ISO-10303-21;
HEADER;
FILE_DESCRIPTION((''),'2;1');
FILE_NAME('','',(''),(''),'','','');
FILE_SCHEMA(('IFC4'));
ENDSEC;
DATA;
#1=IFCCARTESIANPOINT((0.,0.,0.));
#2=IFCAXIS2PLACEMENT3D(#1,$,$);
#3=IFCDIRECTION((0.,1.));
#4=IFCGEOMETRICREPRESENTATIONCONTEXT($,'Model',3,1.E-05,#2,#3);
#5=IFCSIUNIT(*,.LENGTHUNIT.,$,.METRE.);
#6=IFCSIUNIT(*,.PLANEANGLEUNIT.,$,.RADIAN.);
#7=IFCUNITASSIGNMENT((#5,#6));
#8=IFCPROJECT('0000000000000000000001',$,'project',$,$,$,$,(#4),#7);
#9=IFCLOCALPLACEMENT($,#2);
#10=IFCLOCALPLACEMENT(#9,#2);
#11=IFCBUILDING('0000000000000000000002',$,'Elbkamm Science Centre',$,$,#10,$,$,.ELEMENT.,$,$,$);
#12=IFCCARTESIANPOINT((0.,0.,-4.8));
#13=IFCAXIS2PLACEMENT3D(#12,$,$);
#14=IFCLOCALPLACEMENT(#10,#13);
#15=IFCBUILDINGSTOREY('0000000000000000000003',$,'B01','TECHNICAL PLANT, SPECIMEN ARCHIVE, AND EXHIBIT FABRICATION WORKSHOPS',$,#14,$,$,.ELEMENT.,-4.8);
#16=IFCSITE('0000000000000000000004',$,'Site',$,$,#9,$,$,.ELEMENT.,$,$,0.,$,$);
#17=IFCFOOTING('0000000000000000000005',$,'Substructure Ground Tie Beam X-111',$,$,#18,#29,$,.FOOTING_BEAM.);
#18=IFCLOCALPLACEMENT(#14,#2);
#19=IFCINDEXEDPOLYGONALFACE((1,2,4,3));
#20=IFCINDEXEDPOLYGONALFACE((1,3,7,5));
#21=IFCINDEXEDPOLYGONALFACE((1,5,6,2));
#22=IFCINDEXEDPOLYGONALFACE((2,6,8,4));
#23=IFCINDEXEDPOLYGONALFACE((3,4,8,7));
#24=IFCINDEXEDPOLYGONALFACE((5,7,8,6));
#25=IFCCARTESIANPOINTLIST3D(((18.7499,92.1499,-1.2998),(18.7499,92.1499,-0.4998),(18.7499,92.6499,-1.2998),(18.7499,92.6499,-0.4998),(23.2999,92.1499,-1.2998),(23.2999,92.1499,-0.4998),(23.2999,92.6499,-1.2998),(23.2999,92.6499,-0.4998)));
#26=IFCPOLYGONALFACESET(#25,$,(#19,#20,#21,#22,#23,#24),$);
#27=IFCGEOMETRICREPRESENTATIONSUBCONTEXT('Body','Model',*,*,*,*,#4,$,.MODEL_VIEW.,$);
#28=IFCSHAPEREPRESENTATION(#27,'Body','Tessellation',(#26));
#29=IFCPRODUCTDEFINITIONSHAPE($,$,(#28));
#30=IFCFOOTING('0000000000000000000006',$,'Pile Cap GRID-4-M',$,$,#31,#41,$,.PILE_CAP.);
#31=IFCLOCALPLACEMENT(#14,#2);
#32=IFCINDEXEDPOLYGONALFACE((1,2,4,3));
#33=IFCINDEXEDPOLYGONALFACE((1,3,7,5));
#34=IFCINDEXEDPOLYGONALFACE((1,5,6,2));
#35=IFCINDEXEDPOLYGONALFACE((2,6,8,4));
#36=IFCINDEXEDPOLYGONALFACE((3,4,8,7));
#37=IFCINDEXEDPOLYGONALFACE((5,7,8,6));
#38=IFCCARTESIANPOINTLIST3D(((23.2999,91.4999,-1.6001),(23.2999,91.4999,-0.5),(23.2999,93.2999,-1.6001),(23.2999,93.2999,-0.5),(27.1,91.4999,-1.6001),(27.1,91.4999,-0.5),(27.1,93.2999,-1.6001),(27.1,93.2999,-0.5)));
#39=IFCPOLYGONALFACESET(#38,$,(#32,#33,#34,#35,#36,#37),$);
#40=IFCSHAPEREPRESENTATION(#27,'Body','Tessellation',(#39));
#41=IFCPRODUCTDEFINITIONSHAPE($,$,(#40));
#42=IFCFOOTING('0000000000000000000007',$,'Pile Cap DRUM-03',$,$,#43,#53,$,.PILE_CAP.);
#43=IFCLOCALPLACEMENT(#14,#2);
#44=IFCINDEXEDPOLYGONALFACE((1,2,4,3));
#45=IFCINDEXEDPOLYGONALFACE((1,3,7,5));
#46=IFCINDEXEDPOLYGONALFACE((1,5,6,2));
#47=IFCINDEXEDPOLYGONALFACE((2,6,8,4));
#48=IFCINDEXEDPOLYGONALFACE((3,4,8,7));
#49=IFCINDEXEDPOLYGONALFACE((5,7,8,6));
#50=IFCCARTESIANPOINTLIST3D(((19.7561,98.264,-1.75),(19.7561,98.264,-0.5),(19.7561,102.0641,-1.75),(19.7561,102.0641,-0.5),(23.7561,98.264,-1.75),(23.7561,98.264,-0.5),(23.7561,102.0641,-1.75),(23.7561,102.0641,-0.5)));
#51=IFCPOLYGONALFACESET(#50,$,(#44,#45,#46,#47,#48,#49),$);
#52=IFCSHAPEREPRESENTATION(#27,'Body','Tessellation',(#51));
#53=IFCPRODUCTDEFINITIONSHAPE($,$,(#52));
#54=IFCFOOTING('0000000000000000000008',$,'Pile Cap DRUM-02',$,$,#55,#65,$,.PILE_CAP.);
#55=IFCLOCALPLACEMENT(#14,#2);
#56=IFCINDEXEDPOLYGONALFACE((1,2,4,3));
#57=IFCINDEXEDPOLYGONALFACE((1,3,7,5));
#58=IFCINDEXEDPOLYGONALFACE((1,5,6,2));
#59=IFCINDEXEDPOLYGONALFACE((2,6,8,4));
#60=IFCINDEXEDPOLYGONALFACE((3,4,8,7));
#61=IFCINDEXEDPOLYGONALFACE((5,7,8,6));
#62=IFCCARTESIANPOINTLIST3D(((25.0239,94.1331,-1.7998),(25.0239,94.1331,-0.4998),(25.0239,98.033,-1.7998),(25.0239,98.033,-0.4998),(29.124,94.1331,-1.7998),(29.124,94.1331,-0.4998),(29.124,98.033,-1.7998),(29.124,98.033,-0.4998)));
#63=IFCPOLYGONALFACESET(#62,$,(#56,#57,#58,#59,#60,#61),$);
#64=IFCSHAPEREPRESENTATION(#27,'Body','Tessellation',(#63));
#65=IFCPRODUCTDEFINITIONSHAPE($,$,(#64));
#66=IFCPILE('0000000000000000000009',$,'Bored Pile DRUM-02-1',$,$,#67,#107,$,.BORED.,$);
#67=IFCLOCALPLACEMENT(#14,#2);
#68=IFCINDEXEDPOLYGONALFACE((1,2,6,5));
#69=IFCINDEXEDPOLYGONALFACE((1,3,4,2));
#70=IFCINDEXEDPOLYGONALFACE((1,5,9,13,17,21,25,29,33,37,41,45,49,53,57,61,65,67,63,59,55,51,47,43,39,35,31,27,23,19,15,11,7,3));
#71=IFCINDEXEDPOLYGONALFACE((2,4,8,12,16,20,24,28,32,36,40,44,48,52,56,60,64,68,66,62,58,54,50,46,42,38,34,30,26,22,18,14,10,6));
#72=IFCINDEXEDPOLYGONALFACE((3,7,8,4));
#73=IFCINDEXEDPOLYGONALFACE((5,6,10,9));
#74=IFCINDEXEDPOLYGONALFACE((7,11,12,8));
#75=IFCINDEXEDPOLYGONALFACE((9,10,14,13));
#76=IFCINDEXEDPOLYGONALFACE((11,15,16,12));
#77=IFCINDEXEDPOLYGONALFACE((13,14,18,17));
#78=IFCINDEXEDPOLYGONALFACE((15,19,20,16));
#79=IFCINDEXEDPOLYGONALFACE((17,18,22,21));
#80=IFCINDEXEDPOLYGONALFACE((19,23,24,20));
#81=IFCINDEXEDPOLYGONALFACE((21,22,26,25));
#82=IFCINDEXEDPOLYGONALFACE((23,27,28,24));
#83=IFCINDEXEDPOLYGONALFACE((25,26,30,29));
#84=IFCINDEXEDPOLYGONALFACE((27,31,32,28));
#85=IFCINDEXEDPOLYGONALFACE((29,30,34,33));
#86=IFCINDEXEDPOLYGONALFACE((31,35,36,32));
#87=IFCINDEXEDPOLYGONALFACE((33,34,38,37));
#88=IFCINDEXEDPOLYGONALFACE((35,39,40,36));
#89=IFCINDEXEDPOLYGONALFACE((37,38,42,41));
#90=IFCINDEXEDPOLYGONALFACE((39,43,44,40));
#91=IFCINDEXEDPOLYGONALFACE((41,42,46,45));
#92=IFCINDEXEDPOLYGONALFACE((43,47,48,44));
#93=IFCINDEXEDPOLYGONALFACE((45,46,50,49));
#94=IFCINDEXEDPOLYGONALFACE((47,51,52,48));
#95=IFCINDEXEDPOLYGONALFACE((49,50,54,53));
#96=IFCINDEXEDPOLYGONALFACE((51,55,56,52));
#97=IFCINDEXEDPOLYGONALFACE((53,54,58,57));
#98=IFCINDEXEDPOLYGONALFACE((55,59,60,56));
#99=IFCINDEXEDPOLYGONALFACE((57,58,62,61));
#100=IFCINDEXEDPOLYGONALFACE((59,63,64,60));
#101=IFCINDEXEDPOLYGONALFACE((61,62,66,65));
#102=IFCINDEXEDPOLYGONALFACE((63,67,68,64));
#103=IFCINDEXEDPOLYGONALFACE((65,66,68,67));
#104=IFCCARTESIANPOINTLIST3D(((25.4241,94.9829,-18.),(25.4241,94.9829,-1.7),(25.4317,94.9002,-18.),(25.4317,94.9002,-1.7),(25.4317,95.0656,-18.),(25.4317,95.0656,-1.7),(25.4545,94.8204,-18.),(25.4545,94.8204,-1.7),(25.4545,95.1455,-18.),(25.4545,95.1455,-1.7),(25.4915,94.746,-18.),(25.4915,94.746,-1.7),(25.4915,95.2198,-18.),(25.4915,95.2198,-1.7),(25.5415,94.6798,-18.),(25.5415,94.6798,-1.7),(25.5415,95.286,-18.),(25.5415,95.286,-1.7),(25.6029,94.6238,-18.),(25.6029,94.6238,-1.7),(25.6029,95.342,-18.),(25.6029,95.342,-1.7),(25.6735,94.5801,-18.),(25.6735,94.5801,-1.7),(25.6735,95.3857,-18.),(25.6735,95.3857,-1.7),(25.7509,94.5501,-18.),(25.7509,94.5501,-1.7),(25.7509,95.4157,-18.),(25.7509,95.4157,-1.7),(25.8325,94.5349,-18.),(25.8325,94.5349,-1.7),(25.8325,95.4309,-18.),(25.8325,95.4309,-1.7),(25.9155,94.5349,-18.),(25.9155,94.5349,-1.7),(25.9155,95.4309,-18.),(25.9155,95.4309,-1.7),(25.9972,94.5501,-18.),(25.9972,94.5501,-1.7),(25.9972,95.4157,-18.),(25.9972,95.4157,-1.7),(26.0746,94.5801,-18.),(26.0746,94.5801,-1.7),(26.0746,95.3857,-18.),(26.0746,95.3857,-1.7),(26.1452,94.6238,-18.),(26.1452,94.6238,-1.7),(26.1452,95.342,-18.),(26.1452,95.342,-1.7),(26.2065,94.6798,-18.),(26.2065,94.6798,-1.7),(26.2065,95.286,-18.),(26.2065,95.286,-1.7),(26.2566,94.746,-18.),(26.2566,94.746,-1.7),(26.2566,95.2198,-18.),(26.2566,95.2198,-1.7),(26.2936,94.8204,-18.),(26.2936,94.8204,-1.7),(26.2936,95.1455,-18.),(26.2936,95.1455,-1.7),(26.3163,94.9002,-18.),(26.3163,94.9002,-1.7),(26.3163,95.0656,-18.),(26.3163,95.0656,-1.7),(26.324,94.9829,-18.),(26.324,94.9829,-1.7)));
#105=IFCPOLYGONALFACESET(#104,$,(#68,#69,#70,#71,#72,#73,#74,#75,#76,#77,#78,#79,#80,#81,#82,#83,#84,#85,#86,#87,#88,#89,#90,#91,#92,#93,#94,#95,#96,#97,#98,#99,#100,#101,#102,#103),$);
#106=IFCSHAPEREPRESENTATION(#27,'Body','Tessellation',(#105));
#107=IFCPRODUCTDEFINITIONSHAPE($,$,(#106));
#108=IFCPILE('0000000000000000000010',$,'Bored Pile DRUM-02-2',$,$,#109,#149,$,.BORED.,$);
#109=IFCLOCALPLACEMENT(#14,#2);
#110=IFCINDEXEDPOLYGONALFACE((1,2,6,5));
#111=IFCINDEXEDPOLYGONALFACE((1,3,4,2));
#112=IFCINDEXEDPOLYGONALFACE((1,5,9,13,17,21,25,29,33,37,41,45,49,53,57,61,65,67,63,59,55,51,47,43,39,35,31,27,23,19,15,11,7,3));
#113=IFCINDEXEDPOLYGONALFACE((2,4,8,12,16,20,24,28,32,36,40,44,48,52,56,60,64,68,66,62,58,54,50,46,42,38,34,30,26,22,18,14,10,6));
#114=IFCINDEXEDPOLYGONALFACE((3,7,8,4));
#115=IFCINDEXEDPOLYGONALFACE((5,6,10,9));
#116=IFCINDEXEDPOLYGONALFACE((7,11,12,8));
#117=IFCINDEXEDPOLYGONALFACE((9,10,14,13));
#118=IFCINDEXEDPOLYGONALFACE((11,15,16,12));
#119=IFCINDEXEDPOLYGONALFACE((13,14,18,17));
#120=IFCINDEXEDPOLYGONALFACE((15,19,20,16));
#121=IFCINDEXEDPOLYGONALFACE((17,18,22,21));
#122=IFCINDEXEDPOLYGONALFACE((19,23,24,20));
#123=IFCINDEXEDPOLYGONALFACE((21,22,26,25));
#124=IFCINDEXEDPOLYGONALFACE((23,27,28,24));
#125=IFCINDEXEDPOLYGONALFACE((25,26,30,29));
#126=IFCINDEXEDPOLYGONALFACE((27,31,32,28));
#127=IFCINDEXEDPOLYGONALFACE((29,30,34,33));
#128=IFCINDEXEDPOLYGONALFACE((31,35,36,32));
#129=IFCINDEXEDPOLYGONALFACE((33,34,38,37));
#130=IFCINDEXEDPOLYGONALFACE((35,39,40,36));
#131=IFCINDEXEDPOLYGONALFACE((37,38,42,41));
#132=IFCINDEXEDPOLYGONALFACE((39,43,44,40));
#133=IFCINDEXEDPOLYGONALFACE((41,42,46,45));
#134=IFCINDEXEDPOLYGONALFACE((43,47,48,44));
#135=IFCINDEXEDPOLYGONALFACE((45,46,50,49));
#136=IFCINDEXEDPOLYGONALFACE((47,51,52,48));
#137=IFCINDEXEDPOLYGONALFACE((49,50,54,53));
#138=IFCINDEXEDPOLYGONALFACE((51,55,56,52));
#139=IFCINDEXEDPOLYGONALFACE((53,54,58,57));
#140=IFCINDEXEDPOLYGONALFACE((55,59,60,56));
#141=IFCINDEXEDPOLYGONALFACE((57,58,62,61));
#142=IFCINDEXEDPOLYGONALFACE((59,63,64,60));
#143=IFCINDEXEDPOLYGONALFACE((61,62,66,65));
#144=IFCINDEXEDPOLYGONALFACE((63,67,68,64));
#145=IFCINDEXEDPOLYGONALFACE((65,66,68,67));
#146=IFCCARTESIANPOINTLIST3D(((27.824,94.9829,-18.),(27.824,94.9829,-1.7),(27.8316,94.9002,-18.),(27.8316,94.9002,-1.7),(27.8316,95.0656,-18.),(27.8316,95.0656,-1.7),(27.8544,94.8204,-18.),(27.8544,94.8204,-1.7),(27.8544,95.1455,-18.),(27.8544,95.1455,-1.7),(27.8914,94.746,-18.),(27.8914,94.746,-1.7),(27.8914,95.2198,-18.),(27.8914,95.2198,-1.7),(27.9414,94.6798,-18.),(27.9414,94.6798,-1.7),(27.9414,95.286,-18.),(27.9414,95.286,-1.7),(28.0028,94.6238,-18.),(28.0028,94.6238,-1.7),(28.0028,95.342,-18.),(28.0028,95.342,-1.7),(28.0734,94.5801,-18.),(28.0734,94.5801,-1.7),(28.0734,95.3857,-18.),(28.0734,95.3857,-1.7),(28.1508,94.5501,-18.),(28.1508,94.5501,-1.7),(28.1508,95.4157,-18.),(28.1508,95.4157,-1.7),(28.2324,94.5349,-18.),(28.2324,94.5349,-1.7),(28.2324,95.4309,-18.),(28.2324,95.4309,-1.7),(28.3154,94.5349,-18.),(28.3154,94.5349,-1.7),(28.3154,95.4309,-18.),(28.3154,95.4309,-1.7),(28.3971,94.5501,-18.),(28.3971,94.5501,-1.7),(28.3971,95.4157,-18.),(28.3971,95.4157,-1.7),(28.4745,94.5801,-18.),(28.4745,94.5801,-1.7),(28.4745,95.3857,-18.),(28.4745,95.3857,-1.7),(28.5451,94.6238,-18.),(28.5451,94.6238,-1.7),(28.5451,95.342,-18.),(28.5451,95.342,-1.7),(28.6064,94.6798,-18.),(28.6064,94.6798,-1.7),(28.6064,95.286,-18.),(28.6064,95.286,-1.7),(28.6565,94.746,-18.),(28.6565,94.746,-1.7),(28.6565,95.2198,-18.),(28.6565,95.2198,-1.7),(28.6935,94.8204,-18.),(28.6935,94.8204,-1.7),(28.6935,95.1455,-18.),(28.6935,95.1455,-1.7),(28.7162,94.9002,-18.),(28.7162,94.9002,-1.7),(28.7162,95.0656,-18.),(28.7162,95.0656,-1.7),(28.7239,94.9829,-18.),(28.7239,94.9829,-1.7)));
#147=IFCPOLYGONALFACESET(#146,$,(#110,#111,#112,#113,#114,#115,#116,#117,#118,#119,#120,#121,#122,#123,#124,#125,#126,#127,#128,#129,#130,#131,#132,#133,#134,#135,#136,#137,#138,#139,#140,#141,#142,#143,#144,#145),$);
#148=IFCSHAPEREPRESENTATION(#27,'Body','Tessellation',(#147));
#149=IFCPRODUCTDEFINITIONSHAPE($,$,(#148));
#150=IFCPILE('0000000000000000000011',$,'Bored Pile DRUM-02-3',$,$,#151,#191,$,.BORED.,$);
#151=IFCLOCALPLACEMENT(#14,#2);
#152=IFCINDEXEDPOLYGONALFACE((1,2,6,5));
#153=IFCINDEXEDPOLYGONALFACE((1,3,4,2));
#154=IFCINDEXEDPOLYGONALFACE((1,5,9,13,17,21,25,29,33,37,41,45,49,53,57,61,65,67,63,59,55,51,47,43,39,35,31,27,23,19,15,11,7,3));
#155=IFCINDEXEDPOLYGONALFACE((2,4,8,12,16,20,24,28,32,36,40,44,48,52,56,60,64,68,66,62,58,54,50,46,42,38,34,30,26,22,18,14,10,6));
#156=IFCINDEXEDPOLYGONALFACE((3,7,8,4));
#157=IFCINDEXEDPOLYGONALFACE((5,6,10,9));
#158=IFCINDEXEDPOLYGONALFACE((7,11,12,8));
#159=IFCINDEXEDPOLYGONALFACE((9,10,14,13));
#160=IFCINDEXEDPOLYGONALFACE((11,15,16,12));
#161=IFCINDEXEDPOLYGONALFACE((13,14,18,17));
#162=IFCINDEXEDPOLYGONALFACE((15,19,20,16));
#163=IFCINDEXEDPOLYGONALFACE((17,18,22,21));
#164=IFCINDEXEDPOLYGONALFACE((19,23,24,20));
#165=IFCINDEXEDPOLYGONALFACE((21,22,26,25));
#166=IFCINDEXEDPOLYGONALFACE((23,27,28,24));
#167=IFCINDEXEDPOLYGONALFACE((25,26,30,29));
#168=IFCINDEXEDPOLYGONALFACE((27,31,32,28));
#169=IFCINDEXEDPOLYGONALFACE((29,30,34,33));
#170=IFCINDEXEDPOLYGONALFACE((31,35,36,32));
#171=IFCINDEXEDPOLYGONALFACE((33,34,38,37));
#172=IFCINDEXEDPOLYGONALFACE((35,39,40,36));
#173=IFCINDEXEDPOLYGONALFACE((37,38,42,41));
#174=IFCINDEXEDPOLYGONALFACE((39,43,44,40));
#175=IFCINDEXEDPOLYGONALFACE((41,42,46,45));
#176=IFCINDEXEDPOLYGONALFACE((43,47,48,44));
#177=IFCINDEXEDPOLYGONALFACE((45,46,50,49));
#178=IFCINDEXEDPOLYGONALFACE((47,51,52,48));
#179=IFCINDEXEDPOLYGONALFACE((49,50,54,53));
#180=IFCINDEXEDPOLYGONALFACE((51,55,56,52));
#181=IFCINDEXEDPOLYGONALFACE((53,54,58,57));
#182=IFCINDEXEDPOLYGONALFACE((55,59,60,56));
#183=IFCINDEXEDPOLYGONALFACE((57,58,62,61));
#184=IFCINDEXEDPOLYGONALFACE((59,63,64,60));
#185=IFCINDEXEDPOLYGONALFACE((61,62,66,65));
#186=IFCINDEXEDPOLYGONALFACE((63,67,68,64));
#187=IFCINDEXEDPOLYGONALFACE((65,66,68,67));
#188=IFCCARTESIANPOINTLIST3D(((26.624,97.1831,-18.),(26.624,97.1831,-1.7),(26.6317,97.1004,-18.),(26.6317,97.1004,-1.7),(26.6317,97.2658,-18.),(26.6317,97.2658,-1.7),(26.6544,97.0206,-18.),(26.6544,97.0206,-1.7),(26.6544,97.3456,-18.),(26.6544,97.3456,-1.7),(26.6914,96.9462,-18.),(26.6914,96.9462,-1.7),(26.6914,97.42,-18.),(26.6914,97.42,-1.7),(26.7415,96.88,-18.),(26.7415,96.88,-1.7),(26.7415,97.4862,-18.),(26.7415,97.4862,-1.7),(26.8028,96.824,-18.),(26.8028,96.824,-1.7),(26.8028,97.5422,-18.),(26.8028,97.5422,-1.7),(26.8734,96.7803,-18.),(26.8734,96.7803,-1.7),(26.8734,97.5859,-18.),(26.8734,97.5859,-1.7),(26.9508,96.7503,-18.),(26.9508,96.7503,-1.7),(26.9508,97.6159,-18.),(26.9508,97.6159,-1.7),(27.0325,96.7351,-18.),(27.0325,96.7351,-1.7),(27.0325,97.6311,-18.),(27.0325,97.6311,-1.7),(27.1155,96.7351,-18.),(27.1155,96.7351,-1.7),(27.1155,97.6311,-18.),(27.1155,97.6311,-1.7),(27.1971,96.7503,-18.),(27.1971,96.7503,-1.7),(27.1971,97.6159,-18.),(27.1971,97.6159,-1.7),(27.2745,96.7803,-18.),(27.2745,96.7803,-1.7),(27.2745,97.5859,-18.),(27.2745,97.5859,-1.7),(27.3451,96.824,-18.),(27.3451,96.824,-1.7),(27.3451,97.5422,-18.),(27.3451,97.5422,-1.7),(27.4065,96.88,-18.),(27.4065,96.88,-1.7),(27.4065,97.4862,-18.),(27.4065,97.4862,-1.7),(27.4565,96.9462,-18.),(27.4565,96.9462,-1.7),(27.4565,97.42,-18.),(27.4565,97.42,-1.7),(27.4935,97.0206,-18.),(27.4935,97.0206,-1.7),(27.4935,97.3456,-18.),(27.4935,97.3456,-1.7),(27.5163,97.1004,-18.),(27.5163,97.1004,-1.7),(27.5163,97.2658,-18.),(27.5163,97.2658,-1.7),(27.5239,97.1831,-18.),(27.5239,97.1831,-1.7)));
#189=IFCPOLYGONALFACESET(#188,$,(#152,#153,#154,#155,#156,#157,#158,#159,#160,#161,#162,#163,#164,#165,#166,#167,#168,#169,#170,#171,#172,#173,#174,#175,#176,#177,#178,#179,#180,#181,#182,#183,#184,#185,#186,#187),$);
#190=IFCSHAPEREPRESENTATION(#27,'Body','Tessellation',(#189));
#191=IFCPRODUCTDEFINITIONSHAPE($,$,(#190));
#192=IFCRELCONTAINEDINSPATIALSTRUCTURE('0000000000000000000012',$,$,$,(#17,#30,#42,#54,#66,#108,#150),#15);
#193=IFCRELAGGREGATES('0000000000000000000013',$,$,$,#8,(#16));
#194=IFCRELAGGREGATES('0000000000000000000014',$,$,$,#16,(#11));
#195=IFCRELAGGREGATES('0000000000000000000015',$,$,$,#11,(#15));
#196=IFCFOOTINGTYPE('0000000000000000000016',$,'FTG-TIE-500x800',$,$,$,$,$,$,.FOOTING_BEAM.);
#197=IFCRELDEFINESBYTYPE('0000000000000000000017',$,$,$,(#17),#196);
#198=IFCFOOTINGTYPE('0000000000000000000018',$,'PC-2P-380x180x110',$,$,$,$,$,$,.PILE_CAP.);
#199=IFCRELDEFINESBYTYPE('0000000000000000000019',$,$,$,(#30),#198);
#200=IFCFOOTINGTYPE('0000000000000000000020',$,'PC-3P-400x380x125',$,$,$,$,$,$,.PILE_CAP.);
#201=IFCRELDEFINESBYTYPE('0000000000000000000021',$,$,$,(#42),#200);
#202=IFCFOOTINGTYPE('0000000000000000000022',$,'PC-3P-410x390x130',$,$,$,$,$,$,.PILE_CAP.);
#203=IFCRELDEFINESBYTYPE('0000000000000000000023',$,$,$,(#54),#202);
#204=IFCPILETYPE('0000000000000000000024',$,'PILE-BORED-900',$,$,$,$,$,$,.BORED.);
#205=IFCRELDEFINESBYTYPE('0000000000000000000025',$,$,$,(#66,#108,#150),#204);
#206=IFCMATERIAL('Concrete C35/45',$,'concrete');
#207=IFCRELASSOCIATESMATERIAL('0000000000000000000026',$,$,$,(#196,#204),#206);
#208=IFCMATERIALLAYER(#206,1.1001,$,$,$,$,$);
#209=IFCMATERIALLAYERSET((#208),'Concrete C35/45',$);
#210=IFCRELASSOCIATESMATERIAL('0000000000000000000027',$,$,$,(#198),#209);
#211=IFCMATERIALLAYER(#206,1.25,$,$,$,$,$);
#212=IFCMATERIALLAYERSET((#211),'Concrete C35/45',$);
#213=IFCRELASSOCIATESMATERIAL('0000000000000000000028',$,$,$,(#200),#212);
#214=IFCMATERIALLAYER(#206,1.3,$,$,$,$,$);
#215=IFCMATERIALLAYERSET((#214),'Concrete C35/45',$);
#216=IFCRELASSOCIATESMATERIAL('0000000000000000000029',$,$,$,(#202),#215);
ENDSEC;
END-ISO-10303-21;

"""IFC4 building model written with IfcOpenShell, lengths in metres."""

from ifc_helpers import new_model, si_unit, direction, frame, origin, origin_2d, place, context, subcontext, project, spatial, rectangle, circle, extrude, material, layer, layer_set, material_profile, profile_set, type_object, element, save


model = new_model("IFC4")

# Units and contexts
model_context = context("Model", 3, precision=1e-05, world=origin(), true_north=direction((0.0, 1.0)))
body_context = subcontext(model_context, "Body", "Model", "MODEL_VIEW")
ifc_project = project(units=[si_unit("LENGTHUNIT", "METRE"), si_unit("PLANEANGLEUNIT", "RADIAN")], contexts=[model_context])

# Site, building, storey
site_placement = place(None, origin())
site = spatial("IfcSite", under=ifc_project, at=site_placement, Name="Site", CompositionType="ELEMENT", RefElevation=0.0)
building_placement = place(site_placement, origin())
building = spatial("IfcBuilding", under=site, at=building_placement, Name="Elbkamm Science Centre", CompositionType="ELEMENT")
storey_placement = place(building_placement, frame((0.0, 0.0, -4.8)))
storey = spatial("IfcBuildingStorey", under=building, at=storey_placement, Name="B01", Description="TECHNICAL PLANT, SPECIMEN ARCHIVE, AND EXHIBIT FABRICATION WORKSHOPS", CompositionType="ELEMENT", Elevation=-4.8)

# Footings
ifc_material_1 = material(Name="Concrete C35/45", Category="concrete")
footing_type_1 = type_object("IfcFootingType", Name="FTG-TIE-500x800", PredefinedType="FOOTING_BEAM", material=ifc_material_1)
footing_1_placement = place(storey_placement, frame((21.0249, 92.3999, -1.2998), z_axis=(0.0, 0.0, 1.0), x_axis=(1.0, 0.0, 0.0)))
element("IfcFooting", 1, at=footing_1_placement, inside=storey, type_object=footing_type_1, Name="Substructure Ground Tie Beam X-111", PredefinedType="FOOTING_BEAM", context=body_context, shape_type="SweptSolid", body=[
    extrude(rectangle(XDim=4.55, YDim=0.5, at=origin_2d()), origin(), (0.0, 0.0, 1.0), 0.8),
])
ifc_layer_1 = layer(ifc_material_1, 1.1001)
ifc_layer_set_1 = layer_set([ifc_layer_1], Name="Concrete C35/45")
footing_type_2 = type_object("IfcFootingType", Name="PC-2P-380x180x110", PredefinedType="PILE_CAP", material=ifc_layer_set_1)
footing_2_placement = place(storey_placement, frame((25.2, 92.3999, -1.6001), z_axis=(0.0, 0.0, 1.0), x_axis=(1.0, 0.0, 0.0)))
element("IfcFooting", 2, at=footing_2_placement, inside=storey, type_object=footing_type_2, Name="Pile Cap GRID-4-M", PredefinedType="PILE_CAP", context=body_context, shape_type="SweptSolid", body=[
    extrude(rectangle(XDim=3.8, YDim=1.8, at=origin_2d()), origin(), (0.0, 0.0, 1.0), 1.1001),
])
ifc_layer_2 = layer(ifc_material_1, 1.25)
ifc_layer_set_2 = layer_set([ifc_layer_2], Name="Concrete C35/45")
footing_type_3 = type_object("IfcFootingType", Name="PC-3P-400x380x125", PredefinedType="PILE_CAP", material=ifc_layer_set_2)
footing_3_placement = place(storey_placement, frame((21.7561, 100.1641, -1.75), z_axis=(0.0, 0.0, 1.0), x_axis=(1.0, 0.0, 0.0)))
element("IfcFooting", 3, at=footing_3_placement, inside=storey, type_object=footing_type_3, Name="Pile Cap DRUM-03", PredefinedType="PILE_CAP", context=body_context, shape_type="SweptSolid", body=[
    extrude(rectangle(XDim=4.0, YDim=3.8, at=origin_2d()), origin(), (0.0, 0.0, 1.0), 1.25),
])
ifc_layer_3 = layer(ifc_material_1, 1.3)
ifc_layer_set_3 = layer_set([ifc_layer_3], Name="Concrete C35/45")
footing_type_4 = type_object("IfcFootingType", Name="PC-3P-410x390x130", PredefinedType="PILE_CAP", material=ifc_layer_set_3)
footing_4_placement = place(storey_placement, frame((27.074, 96.083, -1.7998), z_axis=(0.0, 0.0, 1.0), x_axis=(1.0, 0.0, 0.0)))
element("IfcFooting", 4, at=footing_4_placement, inside=storey, type_object=footing_type_4, Name="Pile Cap DRUM-02", PredefinedType="PILE_CAP", context=body_context, shape_type="SweptSolid", body=[
    extrude(rectangle(XDim=4.1001, YDim=3.8999, at=origin_2d()), origin(), (0.0, 0.0, 1.0), 1.3),
])

# Piles
ifc_material_profile_1 = material_profile(ifc_material_1, circle(Radius=0.45, at=origin_2d()), Name="PILE D900")
ifc_profile_set_1 = profile_set([ifc_material_profile_1], Name="Concrete C35/45")
pile_type = type_object("IfcPileType", Name="PILE-BORED-900", PredefinedType="BORED", material=ifc_profile_set_1)
for number, where, z_axis, x_axis, name in (
    (5, (25.874, 94.9829, -1.7), (0.0, 0.0, -1.0), (1.0, 0.0, 0.0), "Bored Pile DRUM-02-1"),
    (6, (28.2739, 94.9829, -1.7), (0.0, 0.0, -1.0), (1.0, 0.0, 0.0), "Bored Pile DRUM-02-2"),
    (7, (27.074, 97.1831, -1.7), (0.0, 0.0, -1.0), (1.0, 0.0, 0.0), "Bored Pile DRUM-02-3"),
):
    element("IfcPile", number, at=place(storey_placement, frame(where, z_axis=z_axis, x_axis=x_axis)), inside=storey, type_object=pile_type, Name=name, PredefinedType="BORED", context=body_context, shape_type="SweptSolid", body=[
        extrude(circle(Radius=0.45, at=origin_2d()), origin(), (0.0, 0.0, 1.0), 16.3),
    ])

save(model, "model.ifc")
